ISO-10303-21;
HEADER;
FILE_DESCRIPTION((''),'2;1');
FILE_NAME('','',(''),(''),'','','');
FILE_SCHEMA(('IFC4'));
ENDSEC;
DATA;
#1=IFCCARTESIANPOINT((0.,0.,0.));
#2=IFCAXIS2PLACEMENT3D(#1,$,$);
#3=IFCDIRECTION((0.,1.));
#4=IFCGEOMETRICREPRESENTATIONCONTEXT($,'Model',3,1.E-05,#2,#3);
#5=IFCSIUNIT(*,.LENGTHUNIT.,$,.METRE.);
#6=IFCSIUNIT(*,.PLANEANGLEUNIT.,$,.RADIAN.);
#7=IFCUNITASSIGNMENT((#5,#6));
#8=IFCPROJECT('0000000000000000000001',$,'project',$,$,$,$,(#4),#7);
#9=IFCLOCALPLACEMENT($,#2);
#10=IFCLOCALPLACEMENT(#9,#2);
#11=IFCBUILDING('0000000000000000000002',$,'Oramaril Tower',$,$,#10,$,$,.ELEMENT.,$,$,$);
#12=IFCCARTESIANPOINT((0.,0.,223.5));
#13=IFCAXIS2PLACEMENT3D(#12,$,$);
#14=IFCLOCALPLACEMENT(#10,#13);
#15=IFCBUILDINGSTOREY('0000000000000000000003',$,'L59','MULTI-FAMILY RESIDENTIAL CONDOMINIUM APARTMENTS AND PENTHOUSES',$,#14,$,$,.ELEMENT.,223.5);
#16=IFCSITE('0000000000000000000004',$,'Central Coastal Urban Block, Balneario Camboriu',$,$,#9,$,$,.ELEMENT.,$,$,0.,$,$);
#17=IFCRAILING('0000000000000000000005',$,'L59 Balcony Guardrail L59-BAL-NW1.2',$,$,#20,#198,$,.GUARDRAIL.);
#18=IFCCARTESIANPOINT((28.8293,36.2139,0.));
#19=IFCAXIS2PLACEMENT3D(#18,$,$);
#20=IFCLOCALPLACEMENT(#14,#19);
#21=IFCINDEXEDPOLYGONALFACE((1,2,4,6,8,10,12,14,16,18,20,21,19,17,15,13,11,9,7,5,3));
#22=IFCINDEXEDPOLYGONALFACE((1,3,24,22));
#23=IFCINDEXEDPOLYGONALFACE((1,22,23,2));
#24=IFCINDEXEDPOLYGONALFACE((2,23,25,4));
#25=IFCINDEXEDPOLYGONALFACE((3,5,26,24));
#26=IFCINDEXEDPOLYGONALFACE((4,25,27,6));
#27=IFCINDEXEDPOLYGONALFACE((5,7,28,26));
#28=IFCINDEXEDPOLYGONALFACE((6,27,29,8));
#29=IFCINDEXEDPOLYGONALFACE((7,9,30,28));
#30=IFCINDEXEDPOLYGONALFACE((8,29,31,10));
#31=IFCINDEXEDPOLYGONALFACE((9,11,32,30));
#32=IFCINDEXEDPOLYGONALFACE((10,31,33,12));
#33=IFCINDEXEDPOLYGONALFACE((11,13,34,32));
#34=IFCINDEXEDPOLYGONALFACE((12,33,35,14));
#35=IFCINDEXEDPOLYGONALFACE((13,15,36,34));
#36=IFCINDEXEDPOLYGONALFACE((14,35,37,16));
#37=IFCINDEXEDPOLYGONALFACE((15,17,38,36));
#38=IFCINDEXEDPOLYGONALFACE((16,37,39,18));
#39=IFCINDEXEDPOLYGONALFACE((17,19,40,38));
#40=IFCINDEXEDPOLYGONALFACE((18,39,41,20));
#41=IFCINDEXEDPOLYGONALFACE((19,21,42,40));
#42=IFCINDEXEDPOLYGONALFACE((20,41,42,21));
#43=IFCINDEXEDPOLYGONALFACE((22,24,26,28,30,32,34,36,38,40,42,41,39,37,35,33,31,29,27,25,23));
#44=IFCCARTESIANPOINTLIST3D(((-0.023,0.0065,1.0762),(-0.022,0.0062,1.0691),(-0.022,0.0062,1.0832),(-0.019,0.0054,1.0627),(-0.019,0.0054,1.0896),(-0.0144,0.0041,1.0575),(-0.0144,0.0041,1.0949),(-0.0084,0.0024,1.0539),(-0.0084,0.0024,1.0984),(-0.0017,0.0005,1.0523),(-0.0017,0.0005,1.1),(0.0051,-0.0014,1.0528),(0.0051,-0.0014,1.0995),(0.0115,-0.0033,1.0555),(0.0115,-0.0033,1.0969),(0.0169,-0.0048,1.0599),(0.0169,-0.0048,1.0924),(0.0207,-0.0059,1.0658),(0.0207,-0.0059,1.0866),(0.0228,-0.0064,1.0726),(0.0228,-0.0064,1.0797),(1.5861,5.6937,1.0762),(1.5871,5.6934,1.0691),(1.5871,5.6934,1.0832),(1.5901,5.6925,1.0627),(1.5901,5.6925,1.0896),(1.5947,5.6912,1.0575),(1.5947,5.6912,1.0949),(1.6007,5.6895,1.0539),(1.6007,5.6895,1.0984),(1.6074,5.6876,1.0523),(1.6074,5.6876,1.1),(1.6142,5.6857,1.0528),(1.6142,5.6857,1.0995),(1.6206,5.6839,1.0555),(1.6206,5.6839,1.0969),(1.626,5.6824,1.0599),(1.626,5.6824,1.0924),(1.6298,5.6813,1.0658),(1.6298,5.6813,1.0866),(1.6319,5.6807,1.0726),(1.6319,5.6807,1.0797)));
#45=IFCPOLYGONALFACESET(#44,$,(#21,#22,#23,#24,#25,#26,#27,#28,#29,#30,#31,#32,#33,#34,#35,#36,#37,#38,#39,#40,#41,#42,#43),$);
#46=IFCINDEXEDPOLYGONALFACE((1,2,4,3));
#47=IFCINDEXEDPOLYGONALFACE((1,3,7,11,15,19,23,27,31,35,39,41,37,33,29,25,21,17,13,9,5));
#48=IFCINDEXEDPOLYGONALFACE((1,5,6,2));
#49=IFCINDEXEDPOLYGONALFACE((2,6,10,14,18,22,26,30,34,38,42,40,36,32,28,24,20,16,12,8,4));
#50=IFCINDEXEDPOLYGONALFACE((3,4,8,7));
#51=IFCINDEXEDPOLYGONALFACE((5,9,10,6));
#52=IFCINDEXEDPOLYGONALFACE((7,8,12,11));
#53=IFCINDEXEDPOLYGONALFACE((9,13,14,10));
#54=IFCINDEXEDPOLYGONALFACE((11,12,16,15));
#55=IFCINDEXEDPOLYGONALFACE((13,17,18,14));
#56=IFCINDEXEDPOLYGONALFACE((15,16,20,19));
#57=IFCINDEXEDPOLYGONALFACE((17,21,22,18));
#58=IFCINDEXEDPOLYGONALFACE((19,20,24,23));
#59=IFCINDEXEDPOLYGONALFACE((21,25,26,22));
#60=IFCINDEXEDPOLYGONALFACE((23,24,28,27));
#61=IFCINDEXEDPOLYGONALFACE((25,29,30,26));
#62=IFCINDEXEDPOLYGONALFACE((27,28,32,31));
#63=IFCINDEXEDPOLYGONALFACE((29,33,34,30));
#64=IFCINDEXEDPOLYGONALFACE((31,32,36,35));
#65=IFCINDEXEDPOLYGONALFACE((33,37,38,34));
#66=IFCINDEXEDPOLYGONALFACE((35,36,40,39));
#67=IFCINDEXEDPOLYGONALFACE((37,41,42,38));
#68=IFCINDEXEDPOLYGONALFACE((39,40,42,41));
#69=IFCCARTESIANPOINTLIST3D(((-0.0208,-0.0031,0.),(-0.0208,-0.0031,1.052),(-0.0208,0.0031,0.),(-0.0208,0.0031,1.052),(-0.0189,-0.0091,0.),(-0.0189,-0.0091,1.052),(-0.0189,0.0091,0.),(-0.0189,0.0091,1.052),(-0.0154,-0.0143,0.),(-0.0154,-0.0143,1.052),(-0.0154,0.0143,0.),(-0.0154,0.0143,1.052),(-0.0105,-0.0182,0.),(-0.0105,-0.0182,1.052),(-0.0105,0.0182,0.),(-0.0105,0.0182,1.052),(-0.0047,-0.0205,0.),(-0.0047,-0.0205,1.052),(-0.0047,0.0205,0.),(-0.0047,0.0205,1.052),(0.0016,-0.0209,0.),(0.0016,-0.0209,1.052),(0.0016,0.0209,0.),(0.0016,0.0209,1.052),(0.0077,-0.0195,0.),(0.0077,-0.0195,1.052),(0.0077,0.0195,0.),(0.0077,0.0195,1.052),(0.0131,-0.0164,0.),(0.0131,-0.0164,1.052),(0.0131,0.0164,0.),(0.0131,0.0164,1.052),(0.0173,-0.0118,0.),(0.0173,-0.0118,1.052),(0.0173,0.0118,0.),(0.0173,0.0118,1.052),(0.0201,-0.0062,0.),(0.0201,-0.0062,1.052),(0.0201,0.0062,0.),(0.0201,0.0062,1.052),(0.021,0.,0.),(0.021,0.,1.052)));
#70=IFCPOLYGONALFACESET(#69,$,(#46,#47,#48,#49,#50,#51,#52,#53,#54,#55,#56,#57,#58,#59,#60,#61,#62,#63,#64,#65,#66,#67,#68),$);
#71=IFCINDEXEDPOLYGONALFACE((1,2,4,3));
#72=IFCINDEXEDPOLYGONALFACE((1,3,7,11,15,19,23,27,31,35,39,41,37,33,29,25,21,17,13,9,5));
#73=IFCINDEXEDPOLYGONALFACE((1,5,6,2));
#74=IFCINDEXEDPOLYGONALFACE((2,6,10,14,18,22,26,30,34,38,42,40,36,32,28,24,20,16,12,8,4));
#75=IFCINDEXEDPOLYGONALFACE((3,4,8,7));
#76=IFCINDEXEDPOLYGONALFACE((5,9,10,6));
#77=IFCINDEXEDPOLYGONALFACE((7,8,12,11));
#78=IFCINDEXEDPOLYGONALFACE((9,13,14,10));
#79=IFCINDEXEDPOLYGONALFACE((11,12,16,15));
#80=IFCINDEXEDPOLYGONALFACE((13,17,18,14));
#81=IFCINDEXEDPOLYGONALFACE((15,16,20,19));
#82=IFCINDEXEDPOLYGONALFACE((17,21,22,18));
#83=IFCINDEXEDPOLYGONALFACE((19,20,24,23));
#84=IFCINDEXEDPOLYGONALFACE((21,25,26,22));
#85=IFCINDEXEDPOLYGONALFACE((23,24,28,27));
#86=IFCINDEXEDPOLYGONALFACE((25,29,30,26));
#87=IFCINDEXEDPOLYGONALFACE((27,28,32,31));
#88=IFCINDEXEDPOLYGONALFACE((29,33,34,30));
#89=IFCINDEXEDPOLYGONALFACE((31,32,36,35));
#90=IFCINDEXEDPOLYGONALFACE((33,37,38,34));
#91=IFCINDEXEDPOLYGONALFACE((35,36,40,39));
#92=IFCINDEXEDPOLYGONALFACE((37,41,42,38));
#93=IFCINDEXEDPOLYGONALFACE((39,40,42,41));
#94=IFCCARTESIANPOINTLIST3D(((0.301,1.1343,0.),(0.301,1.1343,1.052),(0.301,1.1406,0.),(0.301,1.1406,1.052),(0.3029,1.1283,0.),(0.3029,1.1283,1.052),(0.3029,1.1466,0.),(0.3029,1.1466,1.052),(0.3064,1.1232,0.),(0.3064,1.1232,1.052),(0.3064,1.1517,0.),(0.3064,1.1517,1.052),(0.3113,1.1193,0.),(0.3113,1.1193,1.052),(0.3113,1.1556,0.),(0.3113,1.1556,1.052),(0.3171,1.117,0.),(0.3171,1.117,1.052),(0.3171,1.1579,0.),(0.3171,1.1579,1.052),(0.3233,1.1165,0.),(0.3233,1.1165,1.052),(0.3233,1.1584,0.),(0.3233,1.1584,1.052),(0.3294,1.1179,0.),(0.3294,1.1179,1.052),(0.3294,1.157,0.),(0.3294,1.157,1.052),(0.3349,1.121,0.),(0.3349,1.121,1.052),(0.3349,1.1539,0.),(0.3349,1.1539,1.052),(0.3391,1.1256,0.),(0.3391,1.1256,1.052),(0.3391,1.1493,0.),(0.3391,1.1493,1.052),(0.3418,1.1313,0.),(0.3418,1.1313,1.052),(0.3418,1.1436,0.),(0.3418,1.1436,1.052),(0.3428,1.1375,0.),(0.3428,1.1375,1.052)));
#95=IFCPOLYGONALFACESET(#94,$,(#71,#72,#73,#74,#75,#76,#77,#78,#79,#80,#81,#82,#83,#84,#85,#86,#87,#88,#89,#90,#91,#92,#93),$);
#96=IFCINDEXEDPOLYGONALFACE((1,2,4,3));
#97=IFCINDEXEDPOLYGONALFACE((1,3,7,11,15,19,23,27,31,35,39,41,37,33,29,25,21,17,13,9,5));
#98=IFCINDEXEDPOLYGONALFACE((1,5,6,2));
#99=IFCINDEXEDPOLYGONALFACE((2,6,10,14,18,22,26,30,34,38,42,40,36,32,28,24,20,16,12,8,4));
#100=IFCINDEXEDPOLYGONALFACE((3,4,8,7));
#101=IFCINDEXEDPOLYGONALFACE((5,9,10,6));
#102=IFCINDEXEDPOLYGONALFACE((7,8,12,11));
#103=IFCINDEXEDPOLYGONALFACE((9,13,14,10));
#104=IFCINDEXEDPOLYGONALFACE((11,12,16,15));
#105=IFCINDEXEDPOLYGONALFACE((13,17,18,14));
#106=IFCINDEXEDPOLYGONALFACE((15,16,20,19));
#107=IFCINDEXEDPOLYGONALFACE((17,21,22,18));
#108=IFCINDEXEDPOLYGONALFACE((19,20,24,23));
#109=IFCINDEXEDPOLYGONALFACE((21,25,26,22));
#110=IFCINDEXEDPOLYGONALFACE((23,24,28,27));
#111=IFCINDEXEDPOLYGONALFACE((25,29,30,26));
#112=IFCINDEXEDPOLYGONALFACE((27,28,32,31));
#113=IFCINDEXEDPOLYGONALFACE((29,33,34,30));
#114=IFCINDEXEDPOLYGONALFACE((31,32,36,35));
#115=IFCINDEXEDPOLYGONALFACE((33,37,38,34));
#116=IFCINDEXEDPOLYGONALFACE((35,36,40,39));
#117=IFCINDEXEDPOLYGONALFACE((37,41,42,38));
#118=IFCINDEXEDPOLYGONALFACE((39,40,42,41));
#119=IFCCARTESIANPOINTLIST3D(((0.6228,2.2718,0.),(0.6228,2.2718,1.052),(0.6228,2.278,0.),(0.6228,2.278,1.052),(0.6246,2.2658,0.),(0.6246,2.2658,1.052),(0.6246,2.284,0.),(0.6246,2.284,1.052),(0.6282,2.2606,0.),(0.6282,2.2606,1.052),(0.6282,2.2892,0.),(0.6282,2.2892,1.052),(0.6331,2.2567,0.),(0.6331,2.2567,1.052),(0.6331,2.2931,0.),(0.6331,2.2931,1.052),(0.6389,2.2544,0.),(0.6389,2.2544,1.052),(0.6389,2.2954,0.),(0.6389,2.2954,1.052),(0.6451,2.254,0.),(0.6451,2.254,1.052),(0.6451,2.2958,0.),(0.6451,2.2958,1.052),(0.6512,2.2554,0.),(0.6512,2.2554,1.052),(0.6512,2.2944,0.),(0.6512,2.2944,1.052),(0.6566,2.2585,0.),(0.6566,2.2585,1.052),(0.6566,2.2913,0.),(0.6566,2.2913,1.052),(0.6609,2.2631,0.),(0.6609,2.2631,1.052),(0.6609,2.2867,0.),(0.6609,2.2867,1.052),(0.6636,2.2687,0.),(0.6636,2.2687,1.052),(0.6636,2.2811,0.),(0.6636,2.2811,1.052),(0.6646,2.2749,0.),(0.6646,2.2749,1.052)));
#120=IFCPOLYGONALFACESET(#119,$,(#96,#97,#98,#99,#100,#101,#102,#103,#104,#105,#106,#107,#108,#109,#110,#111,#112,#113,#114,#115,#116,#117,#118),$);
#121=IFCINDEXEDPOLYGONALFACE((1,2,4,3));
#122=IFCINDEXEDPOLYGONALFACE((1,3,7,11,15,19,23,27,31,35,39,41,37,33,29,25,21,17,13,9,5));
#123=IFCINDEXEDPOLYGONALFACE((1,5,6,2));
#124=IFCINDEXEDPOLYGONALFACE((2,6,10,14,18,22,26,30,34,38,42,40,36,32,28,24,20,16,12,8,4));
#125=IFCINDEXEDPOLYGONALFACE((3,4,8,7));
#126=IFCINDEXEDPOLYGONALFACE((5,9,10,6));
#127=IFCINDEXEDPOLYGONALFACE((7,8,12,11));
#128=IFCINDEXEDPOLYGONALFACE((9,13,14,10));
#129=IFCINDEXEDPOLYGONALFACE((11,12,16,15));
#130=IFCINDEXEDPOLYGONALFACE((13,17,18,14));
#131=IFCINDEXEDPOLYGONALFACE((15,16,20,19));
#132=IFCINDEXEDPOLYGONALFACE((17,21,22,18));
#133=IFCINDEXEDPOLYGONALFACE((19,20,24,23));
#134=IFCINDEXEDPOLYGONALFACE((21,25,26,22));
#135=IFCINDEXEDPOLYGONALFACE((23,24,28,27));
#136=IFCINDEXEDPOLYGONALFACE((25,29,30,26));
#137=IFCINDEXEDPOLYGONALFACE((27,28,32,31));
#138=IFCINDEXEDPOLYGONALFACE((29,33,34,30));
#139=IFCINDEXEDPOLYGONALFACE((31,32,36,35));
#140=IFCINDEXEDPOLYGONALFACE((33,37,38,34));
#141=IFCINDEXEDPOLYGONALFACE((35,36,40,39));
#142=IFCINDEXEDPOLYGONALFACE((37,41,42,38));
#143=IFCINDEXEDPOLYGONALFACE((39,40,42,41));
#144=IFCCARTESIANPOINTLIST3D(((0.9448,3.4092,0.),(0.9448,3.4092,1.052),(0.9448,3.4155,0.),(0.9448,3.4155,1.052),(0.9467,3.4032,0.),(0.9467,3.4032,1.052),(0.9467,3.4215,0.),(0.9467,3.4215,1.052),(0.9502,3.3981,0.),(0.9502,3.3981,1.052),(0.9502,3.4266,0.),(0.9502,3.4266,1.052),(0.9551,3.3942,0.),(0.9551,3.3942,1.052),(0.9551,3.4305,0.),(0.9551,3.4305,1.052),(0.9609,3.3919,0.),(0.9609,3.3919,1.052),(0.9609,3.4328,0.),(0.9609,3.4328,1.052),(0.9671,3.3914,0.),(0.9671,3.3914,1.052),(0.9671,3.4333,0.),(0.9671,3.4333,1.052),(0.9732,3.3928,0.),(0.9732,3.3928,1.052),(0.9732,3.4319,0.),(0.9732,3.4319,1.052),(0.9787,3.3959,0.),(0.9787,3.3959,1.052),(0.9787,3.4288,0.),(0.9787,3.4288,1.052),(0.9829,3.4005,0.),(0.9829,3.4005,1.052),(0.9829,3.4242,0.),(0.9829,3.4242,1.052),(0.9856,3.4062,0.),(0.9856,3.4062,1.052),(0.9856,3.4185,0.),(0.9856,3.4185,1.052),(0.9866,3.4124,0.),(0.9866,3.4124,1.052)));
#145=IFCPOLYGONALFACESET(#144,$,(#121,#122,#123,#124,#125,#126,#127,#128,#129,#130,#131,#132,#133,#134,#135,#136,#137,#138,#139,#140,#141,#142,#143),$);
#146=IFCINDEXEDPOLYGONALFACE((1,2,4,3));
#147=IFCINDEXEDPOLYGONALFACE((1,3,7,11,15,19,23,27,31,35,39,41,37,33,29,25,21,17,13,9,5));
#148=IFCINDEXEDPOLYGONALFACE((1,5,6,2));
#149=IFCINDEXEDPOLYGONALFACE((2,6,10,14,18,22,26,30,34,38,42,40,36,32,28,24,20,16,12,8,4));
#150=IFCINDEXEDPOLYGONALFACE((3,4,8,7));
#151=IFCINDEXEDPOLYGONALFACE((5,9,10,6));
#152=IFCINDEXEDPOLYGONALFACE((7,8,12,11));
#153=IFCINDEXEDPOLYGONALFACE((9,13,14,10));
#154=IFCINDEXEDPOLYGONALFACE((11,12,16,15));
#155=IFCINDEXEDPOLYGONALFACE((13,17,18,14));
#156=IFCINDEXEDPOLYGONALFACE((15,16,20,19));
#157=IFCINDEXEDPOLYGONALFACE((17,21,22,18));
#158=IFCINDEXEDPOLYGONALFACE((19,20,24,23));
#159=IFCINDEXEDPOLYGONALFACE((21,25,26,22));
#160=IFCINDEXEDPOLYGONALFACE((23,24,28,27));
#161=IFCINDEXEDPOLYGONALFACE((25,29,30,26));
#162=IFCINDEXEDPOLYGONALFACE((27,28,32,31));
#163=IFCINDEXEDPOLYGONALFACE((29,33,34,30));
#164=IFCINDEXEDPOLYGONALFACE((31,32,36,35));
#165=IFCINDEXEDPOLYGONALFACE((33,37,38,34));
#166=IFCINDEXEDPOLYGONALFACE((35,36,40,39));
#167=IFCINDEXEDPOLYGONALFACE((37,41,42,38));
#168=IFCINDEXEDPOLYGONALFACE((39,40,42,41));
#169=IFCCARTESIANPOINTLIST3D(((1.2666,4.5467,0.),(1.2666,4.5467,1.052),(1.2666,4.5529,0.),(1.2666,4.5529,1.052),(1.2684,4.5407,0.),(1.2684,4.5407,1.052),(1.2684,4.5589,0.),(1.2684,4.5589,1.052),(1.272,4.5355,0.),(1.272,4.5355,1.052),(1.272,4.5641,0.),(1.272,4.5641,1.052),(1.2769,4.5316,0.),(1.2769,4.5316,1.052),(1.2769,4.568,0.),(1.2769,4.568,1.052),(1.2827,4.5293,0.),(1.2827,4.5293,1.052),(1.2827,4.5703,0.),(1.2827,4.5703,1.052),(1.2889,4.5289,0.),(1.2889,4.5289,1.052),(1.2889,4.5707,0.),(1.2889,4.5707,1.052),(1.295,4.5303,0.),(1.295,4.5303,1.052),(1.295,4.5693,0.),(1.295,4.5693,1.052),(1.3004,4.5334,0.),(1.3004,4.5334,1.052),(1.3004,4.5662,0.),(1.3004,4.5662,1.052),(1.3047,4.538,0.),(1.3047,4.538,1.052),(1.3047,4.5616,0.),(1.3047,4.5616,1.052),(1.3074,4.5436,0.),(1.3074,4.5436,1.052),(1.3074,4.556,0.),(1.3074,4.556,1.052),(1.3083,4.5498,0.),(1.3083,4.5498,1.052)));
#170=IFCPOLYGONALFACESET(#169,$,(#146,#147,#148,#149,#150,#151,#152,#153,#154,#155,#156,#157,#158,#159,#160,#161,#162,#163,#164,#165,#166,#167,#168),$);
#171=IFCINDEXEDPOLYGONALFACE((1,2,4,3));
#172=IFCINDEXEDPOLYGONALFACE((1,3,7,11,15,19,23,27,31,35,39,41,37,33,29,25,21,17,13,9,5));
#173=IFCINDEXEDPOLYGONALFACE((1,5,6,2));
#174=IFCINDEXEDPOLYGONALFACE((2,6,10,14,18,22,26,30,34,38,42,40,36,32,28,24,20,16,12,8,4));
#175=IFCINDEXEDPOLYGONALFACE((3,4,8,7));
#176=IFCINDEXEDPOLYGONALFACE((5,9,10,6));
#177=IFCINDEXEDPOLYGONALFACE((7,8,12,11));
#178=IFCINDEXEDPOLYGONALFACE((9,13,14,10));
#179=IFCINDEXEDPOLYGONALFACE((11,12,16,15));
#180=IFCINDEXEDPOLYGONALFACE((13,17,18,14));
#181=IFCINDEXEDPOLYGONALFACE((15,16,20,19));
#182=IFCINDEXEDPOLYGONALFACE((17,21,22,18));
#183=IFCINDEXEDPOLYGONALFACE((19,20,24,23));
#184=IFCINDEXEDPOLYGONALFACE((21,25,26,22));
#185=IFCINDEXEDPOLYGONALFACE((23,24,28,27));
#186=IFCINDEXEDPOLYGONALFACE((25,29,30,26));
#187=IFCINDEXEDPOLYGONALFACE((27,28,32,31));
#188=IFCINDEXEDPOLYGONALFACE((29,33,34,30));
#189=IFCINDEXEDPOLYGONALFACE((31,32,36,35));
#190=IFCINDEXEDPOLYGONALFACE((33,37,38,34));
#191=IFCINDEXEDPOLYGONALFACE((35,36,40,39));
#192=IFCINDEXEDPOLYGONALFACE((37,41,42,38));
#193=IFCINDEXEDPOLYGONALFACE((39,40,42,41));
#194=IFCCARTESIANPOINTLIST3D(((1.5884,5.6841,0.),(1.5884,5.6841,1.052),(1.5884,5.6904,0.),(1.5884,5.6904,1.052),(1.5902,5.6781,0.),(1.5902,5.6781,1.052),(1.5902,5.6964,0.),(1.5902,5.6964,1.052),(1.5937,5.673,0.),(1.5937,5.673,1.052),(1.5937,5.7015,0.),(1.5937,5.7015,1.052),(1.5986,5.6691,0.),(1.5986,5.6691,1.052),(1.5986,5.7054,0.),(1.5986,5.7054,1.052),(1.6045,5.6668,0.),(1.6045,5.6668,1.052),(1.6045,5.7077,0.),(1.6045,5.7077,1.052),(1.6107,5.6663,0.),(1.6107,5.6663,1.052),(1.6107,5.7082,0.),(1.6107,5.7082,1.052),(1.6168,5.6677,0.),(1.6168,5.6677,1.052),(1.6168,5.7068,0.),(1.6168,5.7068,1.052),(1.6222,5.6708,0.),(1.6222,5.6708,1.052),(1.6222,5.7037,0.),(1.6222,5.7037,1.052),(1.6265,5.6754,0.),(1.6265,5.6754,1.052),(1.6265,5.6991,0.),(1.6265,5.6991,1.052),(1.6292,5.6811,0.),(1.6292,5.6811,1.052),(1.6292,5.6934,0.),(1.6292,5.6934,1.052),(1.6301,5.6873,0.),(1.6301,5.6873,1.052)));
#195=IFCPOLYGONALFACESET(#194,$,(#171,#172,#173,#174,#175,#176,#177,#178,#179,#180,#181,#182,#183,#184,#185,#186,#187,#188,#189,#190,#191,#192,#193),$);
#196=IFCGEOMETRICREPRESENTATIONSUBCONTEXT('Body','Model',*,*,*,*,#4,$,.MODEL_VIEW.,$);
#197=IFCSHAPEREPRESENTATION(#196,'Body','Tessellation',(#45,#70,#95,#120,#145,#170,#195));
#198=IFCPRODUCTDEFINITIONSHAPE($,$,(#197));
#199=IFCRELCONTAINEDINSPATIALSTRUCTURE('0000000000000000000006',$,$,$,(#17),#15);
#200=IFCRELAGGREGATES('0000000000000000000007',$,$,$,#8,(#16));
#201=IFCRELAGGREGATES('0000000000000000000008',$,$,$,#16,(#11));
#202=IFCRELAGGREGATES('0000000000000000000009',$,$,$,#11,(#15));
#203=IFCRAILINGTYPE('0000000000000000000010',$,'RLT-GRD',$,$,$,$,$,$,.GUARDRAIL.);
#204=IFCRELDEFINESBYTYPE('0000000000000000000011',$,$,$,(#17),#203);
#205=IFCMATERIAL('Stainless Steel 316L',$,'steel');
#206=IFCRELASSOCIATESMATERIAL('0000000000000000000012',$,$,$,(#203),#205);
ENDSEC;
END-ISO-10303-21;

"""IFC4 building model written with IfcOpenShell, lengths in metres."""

from ifc_helpers import new_model, si_unit, direction, frame, origin, origin_2d, place, context, subcontext, project, spatial, circle, extrude, material, type_object, element, save


model = new_model("IFC4")

# Units and contexts
model_context = context("Model", 3, precision=1e-05, world=origin(), true_north=direction((0.0, 1.0)))
body_context = subcontext(model_context, "Body", "Model", "MODEL_VIEW")
ifc_project = project(units=[si_unit("LENGTHUNIT", "METRE"), si_unit("PLANEANGLEUNIT", "RADIAN")], contexts=[model_context])

# Site, building, storey
site_placement = place(None, origin())
site = spatial("IfcSite", under=ifc_project, at=site_placement, Name="Central Coastal Urban Block, Balneario Camboriu", CompositionType="ELEMENT", RefElevation=0.0)
building_placement = place(site_placement, origin())
building = spatial("IfcBuilding", under=site, at=building_placement, Name="Oramaril Tower", CompositionType="ELEMENT")
storey_placement = place(building_placement, frame((0.0, 0.0, 223.5)))
storey = spatial("IfcBuildingStorey", under=building, at=storey_placement, Name="L59", Description="MULTI-FAMILY RESIDENTIAL CONDOMINIUM APARTMENTS AND PENTHOUSES", CompositionType="ELEMENT", Elevation=223.5)

# Railing
ifc_material_1 = material(Name="Stainless Steel 316L", Category="steel")
railing_type = type_object("IfcRailingType", Name="RLT-GRD", PredefinedType="GUARDRAIL", material=ifc_material_1)
railing_1_placement = place(storey_placement, frame((28.8293, 36.2139, 0.0)))
element("IfcRailing", 1, at=railing_1_placement, inside=storey, type_object=railing_type, Name="L59 Balcony Guardrail L59-BAL-NW1.2", PredefinedType="GUARDRAIL", context=body_context, shape_type="SweptSolid", body=[
    extrude(circle(Radius=0.0239, at=origin_2d()), frame((0.0, 0.0, 1.0762), z_axis=(0.272249, 0.962227, 0.0), x_axis=(-0.962227, 0.272249, 0.0)), (0.0, 0.0, 1.0), 5.9104),
    extrude(circle(Radius=0.021, at=origin_2d()), origin(), (0.0, 0.0, 1.0), 1.052),
    extrude(circle(Radius=0.021, at=origin_2d()), frame((0.3218, 1.1375, 0.0)), (0.0, 0.0, 1.0), 1.052),
    extrude(circle(Radius=0.021, at=origin_2d()), frame((0.6436, 2.2749, 0.0)), (0.0, 0.0, 1.0), 1.052),
    extrude(circle(Radius=0.021, at=origin_2d()), frame((0.9656, 3.4124, 0.0)), (0.0, 0.0, 1.0), 1.052),
    extrude(circle(Radius=0.021, at=origin_2d()), frame((1.2874, 4.5498, 0.0)), (0.0, 0.0, 1.0), 1.052),
    extrude(circle(Radius=0.021, at=origin_2d()), frame((1.6091, 5.6873, 0.0)), (0.0, 0.0, 1.0), 1.052),
])

save(model, "model.ifc")
